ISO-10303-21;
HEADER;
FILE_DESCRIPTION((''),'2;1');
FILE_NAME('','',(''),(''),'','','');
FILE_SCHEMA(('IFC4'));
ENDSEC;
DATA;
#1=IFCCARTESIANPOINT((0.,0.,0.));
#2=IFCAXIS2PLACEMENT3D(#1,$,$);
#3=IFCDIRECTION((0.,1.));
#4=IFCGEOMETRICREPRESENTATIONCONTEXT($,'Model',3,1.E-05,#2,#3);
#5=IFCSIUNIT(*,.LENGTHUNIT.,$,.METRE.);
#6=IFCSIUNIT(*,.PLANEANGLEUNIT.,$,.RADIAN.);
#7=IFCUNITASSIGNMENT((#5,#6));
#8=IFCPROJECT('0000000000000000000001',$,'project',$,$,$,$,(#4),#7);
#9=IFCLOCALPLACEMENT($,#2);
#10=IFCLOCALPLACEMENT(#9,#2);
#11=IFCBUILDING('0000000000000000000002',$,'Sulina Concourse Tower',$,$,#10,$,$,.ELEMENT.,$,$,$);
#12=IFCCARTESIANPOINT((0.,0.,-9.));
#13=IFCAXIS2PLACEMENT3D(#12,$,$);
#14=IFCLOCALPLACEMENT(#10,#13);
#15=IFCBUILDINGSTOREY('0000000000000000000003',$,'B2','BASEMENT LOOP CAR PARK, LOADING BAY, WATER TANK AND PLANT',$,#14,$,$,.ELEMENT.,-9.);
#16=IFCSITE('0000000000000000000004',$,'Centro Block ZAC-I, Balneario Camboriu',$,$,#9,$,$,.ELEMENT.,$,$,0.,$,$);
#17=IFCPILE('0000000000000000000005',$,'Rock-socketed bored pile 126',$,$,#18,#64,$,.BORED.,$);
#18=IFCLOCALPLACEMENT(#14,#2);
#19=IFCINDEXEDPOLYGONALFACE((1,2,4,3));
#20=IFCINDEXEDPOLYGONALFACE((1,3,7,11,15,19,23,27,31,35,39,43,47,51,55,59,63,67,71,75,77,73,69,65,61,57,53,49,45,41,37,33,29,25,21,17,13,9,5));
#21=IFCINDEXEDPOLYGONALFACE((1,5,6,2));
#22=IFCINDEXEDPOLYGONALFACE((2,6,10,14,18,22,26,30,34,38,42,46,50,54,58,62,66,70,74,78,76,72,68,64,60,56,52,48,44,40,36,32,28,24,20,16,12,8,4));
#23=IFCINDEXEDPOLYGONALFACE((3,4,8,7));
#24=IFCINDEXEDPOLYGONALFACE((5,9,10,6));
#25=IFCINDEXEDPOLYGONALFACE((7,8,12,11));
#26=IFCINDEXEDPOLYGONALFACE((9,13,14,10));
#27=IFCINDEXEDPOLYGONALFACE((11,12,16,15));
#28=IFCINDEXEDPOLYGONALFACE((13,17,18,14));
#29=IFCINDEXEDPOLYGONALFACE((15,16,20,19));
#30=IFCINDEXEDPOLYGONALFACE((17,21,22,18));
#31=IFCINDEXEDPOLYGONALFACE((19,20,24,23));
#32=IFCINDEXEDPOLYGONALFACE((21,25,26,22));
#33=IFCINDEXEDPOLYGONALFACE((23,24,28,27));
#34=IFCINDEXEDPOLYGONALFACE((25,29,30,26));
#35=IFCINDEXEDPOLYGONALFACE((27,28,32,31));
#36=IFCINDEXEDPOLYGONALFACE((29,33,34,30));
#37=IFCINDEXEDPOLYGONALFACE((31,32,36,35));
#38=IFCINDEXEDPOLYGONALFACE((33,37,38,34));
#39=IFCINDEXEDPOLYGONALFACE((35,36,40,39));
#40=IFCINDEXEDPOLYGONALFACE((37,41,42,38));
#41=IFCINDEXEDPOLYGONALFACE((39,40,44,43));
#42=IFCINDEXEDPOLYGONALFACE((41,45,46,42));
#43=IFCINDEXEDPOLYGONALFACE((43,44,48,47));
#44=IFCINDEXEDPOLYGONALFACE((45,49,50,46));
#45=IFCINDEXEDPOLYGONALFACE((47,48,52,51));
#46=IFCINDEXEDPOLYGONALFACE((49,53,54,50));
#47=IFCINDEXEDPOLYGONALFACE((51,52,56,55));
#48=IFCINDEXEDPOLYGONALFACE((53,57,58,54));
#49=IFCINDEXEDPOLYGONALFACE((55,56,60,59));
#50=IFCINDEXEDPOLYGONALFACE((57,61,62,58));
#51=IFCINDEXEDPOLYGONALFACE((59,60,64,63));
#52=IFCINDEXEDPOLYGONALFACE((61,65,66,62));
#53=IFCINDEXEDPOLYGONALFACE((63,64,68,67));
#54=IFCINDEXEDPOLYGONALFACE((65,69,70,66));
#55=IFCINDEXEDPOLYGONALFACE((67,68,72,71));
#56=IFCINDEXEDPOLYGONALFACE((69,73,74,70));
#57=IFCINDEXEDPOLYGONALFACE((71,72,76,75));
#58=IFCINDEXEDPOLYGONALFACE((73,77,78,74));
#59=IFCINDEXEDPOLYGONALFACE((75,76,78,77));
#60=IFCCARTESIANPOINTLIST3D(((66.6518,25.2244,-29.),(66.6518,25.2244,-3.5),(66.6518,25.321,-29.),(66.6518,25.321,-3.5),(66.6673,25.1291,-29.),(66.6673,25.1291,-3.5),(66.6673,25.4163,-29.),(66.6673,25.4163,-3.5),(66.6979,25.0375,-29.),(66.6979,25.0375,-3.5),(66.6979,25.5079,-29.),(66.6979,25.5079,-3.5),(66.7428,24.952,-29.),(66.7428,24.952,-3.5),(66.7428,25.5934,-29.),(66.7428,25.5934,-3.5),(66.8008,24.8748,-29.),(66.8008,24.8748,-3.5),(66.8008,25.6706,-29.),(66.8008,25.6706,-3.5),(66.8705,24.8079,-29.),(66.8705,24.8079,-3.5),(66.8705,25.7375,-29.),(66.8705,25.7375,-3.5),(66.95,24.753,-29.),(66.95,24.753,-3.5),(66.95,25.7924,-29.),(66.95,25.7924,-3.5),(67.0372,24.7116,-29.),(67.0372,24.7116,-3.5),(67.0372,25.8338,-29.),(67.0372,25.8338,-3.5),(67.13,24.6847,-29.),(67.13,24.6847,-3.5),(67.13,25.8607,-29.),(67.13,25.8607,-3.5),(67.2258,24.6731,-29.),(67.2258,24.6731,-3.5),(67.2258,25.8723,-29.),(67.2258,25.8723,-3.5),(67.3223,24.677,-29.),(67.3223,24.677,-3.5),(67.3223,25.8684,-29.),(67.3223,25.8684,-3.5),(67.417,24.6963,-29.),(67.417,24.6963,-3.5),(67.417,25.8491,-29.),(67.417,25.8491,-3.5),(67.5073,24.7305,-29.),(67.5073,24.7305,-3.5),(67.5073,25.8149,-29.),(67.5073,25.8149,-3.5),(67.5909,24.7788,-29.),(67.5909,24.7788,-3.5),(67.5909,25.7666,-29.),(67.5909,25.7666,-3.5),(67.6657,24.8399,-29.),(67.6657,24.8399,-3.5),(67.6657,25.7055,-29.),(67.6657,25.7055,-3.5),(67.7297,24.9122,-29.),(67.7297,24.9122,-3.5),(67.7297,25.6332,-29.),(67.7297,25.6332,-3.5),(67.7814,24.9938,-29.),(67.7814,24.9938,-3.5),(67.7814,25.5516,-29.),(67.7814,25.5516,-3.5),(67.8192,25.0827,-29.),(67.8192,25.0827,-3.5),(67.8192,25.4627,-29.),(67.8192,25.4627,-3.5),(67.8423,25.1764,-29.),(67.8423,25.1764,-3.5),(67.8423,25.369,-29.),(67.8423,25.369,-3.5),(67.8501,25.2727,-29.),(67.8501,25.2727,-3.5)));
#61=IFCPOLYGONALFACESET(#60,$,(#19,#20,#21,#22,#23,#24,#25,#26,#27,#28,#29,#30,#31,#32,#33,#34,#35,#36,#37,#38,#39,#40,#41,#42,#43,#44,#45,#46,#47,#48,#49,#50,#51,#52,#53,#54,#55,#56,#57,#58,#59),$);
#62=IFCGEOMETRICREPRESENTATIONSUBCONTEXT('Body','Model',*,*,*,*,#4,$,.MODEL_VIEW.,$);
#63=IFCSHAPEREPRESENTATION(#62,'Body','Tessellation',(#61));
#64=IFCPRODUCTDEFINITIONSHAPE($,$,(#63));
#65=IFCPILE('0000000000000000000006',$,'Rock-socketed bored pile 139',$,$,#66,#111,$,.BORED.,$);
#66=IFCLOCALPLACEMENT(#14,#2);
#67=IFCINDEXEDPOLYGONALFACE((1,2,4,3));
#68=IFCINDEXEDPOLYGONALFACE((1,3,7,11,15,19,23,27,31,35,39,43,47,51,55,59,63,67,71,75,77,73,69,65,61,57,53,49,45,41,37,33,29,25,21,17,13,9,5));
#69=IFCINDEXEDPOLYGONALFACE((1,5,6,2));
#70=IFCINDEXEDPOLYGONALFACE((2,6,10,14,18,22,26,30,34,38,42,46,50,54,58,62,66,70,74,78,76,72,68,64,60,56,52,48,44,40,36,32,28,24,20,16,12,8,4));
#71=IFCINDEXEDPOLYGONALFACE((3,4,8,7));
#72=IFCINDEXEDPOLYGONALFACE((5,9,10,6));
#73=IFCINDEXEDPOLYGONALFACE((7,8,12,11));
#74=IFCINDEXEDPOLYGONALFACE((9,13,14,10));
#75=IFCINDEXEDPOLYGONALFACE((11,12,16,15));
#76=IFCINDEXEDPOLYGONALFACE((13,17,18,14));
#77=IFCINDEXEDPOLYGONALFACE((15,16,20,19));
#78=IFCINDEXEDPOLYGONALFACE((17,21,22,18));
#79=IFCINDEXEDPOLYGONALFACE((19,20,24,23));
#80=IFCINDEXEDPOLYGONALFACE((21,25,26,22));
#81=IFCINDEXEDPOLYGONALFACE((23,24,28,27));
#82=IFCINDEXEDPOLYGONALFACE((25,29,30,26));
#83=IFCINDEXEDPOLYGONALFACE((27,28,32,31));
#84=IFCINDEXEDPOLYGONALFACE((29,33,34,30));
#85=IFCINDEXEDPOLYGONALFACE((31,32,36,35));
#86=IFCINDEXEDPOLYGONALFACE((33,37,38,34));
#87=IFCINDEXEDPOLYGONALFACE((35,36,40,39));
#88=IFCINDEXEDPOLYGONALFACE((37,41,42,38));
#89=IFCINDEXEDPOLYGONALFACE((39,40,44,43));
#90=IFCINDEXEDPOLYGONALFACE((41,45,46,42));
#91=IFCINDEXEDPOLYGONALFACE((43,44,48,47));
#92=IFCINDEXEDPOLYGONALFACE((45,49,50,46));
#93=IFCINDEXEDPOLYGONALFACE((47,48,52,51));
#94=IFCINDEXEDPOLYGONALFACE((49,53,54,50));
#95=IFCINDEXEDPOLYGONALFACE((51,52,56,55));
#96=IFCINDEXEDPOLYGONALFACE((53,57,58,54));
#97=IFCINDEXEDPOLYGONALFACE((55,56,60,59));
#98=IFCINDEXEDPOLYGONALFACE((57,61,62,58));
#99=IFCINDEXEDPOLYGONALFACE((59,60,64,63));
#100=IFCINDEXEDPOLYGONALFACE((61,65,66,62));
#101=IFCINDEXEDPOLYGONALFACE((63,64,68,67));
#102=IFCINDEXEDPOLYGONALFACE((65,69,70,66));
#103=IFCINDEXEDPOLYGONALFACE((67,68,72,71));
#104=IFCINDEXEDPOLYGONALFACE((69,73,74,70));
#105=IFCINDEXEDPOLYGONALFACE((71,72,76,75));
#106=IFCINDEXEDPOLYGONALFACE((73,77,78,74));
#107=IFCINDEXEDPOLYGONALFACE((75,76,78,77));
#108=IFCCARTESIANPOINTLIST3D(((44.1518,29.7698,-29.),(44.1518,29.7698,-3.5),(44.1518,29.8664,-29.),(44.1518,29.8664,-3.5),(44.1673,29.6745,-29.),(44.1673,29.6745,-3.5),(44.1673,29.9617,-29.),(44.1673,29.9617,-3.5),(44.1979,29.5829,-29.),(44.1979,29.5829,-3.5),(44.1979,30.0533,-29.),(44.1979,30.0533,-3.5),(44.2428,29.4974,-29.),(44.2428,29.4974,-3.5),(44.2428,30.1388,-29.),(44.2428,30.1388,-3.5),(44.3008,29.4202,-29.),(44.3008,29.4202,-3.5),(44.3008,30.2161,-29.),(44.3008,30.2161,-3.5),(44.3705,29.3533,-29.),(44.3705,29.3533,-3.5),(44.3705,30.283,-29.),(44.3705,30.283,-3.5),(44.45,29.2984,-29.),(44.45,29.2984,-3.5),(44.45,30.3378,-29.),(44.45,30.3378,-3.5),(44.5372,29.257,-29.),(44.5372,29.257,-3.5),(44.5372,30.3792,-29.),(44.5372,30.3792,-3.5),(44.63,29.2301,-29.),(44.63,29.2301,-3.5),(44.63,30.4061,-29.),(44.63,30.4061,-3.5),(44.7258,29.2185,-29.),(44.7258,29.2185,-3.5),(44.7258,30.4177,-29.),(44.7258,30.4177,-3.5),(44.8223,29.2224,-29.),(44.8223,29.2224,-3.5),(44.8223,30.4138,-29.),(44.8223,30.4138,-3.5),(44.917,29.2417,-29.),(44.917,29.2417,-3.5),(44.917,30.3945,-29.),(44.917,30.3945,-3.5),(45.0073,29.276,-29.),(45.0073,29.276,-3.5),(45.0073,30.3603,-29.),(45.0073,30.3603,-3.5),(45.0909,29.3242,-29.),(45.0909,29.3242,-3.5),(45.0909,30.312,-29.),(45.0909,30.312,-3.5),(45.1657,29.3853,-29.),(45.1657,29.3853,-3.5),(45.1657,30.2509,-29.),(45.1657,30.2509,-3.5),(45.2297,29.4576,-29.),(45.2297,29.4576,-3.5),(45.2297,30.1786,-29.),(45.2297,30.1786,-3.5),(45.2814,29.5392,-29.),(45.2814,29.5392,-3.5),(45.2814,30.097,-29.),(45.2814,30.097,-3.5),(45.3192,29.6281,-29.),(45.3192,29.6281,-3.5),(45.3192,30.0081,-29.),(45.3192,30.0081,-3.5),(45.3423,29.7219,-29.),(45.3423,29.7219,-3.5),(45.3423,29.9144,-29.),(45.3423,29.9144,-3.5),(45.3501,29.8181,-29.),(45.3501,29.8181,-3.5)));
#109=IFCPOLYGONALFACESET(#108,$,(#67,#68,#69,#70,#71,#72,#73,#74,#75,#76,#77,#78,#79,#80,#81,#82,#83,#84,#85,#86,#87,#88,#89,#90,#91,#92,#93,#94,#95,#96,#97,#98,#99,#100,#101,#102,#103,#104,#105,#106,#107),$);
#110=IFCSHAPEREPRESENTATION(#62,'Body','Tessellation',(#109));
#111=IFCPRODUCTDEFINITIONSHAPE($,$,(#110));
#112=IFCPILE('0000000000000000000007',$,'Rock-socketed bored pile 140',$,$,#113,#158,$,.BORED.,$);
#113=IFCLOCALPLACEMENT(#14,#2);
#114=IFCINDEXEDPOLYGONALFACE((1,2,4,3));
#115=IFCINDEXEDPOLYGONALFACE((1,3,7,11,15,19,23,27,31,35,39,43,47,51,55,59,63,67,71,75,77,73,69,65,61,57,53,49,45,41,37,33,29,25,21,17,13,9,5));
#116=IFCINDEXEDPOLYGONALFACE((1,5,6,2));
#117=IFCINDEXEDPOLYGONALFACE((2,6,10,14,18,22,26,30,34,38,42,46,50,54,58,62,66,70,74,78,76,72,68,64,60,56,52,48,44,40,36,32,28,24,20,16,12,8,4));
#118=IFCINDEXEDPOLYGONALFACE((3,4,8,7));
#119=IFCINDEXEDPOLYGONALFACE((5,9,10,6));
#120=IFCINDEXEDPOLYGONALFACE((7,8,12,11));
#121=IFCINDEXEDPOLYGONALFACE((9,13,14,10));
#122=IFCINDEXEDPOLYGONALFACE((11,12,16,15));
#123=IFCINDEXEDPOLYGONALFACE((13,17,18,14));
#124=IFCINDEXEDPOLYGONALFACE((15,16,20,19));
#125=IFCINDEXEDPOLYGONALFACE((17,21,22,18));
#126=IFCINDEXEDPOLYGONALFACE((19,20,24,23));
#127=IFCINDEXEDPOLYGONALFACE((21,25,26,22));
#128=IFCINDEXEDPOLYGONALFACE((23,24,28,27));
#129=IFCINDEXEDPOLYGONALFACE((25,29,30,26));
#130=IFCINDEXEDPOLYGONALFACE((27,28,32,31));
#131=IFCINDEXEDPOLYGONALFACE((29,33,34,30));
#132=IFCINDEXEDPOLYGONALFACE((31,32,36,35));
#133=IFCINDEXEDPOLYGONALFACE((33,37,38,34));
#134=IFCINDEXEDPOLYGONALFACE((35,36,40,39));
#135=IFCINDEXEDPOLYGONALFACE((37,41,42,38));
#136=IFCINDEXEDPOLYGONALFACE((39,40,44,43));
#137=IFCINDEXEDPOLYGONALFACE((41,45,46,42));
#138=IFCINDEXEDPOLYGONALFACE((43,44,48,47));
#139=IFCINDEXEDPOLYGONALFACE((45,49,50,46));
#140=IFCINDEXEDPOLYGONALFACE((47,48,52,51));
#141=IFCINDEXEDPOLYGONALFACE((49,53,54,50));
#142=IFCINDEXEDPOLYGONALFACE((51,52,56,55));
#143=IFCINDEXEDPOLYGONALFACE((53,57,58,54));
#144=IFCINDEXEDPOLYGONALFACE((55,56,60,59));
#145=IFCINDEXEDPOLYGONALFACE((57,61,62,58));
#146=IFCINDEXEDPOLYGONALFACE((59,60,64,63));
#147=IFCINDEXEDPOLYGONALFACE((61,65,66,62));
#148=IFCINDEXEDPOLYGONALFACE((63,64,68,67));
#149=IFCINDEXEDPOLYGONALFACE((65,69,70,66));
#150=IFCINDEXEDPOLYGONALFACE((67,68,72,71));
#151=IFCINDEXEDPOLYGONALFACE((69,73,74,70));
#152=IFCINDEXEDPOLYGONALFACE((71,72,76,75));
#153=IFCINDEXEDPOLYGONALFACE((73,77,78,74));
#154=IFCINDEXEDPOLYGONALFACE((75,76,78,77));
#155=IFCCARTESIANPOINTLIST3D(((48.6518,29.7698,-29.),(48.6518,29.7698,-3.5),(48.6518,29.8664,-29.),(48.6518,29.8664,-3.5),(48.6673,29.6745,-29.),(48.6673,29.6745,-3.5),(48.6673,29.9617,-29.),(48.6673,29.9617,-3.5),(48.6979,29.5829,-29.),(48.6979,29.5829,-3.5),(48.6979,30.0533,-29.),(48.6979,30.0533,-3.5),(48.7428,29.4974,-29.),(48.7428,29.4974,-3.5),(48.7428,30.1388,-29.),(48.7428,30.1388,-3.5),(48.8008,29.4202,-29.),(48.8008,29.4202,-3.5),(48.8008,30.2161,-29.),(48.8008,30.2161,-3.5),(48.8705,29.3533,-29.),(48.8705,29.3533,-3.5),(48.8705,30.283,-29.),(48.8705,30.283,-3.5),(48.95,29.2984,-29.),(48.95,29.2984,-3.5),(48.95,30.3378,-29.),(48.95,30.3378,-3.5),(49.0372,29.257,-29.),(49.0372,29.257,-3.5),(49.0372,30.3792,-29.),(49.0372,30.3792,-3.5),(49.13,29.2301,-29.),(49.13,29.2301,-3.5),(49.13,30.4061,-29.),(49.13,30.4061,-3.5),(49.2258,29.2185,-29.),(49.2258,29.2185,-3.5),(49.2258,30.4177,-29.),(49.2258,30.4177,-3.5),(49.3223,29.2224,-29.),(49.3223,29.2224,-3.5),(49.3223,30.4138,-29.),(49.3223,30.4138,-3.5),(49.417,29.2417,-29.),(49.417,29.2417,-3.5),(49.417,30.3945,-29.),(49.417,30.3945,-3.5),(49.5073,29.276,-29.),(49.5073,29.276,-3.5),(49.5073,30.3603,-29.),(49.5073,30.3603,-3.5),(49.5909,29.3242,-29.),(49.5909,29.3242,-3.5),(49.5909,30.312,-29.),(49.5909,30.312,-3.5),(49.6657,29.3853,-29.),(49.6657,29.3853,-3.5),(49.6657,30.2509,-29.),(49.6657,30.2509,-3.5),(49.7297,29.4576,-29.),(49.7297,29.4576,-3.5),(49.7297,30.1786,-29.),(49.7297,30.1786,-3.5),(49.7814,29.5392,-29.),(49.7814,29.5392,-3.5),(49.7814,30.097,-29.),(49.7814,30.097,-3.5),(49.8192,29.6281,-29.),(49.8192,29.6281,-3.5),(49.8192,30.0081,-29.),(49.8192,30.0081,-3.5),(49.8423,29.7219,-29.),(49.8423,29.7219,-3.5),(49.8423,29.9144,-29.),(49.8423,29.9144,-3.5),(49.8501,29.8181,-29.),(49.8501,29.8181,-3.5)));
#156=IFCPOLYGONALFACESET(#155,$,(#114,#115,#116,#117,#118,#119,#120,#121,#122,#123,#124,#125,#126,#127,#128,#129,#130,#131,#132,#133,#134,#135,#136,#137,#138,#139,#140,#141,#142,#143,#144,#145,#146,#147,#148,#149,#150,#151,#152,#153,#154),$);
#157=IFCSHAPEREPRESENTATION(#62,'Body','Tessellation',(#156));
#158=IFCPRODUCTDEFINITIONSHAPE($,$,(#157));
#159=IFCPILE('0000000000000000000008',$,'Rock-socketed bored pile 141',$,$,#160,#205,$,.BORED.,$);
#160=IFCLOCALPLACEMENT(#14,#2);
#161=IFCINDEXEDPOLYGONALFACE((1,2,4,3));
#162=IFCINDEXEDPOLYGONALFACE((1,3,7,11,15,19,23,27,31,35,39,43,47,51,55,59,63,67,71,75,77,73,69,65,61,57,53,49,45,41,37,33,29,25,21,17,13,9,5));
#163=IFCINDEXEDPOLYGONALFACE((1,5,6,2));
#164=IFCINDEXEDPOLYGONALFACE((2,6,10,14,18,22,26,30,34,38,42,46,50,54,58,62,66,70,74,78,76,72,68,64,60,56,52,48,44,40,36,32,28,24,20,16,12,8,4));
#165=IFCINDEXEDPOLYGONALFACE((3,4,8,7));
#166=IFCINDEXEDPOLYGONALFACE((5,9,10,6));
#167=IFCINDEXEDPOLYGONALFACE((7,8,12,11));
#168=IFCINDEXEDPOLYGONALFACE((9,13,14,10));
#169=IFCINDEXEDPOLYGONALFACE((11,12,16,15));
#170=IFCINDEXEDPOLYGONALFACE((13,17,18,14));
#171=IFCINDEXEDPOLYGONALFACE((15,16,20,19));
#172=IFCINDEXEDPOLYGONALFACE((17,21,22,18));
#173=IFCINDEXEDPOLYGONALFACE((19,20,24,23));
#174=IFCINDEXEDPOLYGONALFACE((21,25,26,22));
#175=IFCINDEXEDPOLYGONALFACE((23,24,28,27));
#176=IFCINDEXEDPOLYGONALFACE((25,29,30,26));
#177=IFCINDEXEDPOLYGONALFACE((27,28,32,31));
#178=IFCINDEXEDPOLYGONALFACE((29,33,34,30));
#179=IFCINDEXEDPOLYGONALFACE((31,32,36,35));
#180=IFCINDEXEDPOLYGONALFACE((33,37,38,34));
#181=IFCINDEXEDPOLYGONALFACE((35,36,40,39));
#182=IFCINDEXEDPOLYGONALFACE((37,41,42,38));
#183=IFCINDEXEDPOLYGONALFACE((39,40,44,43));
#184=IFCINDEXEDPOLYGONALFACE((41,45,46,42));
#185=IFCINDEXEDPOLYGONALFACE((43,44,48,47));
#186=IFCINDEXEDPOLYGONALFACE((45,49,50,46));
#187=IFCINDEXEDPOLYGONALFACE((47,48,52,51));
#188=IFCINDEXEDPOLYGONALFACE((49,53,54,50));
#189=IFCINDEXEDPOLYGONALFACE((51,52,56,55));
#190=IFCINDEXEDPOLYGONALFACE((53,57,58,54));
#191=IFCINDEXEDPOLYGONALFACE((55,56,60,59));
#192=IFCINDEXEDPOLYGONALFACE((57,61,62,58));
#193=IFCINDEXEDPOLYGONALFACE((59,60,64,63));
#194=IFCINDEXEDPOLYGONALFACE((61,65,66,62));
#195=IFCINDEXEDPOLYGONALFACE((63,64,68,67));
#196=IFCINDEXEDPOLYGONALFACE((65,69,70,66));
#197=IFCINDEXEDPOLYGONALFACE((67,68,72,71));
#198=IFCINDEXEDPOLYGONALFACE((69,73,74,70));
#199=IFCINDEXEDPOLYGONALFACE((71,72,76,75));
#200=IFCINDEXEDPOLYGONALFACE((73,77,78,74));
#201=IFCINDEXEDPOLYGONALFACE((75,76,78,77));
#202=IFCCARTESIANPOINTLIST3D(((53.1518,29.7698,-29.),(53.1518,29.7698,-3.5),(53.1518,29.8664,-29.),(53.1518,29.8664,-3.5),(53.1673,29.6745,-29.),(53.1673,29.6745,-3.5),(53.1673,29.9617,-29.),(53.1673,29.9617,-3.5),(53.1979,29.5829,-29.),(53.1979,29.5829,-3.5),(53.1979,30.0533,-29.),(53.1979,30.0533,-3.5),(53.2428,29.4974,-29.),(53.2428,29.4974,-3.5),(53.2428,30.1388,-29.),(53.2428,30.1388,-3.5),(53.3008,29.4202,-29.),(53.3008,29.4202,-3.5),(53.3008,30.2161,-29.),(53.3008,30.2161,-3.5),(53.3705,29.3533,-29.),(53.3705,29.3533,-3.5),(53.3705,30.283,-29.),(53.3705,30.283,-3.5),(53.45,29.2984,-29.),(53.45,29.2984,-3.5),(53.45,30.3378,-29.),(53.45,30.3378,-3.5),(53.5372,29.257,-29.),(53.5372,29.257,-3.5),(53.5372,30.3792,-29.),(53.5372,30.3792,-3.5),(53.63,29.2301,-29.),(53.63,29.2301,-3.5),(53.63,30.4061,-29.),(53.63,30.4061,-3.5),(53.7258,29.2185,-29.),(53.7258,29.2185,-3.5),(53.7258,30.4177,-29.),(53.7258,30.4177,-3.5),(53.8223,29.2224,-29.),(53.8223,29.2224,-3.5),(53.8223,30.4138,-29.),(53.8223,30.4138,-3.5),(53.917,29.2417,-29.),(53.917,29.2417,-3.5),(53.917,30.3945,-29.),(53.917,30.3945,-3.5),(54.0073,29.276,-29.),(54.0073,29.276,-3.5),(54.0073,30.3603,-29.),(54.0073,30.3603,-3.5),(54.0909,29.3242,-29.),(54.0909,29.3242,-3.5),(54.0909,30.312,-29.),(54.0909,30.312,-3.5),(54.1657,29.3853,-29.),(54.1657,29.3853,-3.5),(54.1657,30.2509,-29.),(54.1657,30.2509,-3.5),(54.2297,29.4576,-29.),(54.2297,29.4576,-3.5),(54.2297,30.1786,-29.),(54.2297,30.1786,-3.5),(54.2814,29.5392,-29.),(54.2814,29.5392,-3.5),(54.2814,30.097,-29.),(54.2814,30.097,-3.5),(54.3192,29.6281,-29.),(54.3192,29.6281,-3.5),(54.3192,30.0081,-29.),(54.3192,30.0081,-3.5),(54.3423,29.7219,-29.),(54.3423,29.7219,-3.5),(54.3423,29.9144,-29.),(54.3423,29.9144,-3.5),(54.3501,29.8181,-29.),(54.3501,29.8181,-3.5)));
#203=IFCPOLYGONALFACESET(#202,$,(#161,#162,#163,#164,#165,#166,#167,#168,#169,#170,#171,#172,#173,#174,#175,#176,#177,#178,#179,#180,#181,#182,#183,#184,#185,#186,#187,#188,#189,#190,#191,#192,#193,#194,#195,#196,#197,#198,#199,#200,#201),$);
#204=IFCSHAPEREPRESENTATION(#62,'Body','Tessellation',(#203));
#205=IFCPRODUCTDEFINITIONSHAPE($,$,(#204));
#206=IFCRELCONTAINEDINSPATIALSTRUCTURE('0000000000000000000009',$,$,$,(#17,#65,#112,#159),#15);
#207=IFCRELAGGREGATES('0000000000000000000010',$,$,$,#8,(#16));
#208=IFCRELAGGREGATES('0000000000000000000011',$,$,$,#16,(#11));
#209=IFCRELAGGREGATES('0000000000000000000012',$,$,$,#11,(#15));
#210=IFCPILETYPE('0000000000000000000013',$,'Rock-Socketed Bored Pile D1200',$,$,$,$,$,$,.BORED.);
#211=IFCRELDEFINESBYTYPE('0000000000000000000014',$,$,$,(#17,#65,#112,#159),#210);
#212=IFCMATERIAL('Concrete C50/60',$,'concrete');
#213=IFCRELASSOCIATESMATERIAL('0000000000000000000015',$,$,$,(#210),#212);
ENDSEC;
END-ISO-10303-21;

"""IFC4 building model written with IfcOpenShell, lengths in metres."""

from ifc_helpers import new_model, si_unit, direction, frame, origin, origin_2d, place, context, subcontext, project, spatial, circle, extrude, material, material_profile, profile_set, type_object, element, save


model = new_model("IFC4")

# Units and contexts
model_context = context("Model", 3, precision=1e-05, world=origin(), true_north=direction((0.0, 1.0)))
body_context = subcontext(model_context, "Body", "Model", "MODEL_VIEW")
ifc_project = project(units=[si_unit("LENGTHUNIT", "METRE"), si_unit("PLANEANGLEUNIT", "RADIAN")], contexts=[model_context])

# Site, building, storey
site_placement = place(None, origin())
site = spatial("IfcSite", under=ifc_project, at=site_placement, Name="Centro Block ZAC-I, Balneario Camboriu", CompositionType="ELEMENT", RefElevation=0.0)
building_placement = place(site_placement, origin())
building = spatial("IfcBuilding", under=site, at=building_placement, Name="Sulina Concourse Tower", CompositionType="ELEMENT")
storey_placement = place(building_placement, frame((0.0, 0.0, -9.0)))
storey = spatial("IfcBuildingStorey", under=building, at=storey_placement, Name="B2", Description="BASEMENT LOOP CAR PARK, LOADING BAY, WATER TANK AND PLANT", CompositionType="ELEMENT", Elevation=-9.0)

# Piles
ifc_material_1 = material(Name="Concrete C50/60", Category="concrete")
ifc_material_profile_1 = material_profile(ifc_material_1, circle(Radius=0.6001, at=origin_2d()), Name="PILE D1200")
ifc_profile_set_1 = profile_set([ifc_material_profile_1], Name="Concrete C50/60")
pile_type_1 = type_object("IfcPileType", Name="Rock-Socketed Bored Pile D1200", PredefinedType="BORED", material=ifc_profile_set_1)
for number, where, z_axis, x_axis, name in (
    (1, (67.25, 25.2727, -3.5), (0.0, 0.0, -1.0), (1.0, 0.0, 0.0), "Rock-socketed bored pile 126"),
    (2, (44.75, 29.8181, -3.5), (0.0, 0.0, -1.0), (1.0, 0.0, 0.0), "Rock-socketed bored pile 139"),
    (3, (49.25, 29.8181, -3.5), (0.0, 0.0, -1.0), (1.0, 0.0, 0.0), "Rock-socketed bored pile 140"),
    (4, (53.75, 29.8181, -3.5), (0.0, 0.0, -1.0), (1.0, 0.0, 0.0), "Rock-socketed bored pile 141"),
):
    element("IfcPile", number, at=place(storey_placement, frame(where, z_axis=z_axis, x_axis=x_axis)), inside=storey, type_object=pile_type_1, Name=name, PredefinedType="BORED", context=body_context, shape_type="SweptSolid", body=[
        extrude(circle(Radius=0.6001, at=origin_2d()), origin(), (0.0, 0.0, 1.0), 25.5),
    ])

save(model, "model.ifc")
